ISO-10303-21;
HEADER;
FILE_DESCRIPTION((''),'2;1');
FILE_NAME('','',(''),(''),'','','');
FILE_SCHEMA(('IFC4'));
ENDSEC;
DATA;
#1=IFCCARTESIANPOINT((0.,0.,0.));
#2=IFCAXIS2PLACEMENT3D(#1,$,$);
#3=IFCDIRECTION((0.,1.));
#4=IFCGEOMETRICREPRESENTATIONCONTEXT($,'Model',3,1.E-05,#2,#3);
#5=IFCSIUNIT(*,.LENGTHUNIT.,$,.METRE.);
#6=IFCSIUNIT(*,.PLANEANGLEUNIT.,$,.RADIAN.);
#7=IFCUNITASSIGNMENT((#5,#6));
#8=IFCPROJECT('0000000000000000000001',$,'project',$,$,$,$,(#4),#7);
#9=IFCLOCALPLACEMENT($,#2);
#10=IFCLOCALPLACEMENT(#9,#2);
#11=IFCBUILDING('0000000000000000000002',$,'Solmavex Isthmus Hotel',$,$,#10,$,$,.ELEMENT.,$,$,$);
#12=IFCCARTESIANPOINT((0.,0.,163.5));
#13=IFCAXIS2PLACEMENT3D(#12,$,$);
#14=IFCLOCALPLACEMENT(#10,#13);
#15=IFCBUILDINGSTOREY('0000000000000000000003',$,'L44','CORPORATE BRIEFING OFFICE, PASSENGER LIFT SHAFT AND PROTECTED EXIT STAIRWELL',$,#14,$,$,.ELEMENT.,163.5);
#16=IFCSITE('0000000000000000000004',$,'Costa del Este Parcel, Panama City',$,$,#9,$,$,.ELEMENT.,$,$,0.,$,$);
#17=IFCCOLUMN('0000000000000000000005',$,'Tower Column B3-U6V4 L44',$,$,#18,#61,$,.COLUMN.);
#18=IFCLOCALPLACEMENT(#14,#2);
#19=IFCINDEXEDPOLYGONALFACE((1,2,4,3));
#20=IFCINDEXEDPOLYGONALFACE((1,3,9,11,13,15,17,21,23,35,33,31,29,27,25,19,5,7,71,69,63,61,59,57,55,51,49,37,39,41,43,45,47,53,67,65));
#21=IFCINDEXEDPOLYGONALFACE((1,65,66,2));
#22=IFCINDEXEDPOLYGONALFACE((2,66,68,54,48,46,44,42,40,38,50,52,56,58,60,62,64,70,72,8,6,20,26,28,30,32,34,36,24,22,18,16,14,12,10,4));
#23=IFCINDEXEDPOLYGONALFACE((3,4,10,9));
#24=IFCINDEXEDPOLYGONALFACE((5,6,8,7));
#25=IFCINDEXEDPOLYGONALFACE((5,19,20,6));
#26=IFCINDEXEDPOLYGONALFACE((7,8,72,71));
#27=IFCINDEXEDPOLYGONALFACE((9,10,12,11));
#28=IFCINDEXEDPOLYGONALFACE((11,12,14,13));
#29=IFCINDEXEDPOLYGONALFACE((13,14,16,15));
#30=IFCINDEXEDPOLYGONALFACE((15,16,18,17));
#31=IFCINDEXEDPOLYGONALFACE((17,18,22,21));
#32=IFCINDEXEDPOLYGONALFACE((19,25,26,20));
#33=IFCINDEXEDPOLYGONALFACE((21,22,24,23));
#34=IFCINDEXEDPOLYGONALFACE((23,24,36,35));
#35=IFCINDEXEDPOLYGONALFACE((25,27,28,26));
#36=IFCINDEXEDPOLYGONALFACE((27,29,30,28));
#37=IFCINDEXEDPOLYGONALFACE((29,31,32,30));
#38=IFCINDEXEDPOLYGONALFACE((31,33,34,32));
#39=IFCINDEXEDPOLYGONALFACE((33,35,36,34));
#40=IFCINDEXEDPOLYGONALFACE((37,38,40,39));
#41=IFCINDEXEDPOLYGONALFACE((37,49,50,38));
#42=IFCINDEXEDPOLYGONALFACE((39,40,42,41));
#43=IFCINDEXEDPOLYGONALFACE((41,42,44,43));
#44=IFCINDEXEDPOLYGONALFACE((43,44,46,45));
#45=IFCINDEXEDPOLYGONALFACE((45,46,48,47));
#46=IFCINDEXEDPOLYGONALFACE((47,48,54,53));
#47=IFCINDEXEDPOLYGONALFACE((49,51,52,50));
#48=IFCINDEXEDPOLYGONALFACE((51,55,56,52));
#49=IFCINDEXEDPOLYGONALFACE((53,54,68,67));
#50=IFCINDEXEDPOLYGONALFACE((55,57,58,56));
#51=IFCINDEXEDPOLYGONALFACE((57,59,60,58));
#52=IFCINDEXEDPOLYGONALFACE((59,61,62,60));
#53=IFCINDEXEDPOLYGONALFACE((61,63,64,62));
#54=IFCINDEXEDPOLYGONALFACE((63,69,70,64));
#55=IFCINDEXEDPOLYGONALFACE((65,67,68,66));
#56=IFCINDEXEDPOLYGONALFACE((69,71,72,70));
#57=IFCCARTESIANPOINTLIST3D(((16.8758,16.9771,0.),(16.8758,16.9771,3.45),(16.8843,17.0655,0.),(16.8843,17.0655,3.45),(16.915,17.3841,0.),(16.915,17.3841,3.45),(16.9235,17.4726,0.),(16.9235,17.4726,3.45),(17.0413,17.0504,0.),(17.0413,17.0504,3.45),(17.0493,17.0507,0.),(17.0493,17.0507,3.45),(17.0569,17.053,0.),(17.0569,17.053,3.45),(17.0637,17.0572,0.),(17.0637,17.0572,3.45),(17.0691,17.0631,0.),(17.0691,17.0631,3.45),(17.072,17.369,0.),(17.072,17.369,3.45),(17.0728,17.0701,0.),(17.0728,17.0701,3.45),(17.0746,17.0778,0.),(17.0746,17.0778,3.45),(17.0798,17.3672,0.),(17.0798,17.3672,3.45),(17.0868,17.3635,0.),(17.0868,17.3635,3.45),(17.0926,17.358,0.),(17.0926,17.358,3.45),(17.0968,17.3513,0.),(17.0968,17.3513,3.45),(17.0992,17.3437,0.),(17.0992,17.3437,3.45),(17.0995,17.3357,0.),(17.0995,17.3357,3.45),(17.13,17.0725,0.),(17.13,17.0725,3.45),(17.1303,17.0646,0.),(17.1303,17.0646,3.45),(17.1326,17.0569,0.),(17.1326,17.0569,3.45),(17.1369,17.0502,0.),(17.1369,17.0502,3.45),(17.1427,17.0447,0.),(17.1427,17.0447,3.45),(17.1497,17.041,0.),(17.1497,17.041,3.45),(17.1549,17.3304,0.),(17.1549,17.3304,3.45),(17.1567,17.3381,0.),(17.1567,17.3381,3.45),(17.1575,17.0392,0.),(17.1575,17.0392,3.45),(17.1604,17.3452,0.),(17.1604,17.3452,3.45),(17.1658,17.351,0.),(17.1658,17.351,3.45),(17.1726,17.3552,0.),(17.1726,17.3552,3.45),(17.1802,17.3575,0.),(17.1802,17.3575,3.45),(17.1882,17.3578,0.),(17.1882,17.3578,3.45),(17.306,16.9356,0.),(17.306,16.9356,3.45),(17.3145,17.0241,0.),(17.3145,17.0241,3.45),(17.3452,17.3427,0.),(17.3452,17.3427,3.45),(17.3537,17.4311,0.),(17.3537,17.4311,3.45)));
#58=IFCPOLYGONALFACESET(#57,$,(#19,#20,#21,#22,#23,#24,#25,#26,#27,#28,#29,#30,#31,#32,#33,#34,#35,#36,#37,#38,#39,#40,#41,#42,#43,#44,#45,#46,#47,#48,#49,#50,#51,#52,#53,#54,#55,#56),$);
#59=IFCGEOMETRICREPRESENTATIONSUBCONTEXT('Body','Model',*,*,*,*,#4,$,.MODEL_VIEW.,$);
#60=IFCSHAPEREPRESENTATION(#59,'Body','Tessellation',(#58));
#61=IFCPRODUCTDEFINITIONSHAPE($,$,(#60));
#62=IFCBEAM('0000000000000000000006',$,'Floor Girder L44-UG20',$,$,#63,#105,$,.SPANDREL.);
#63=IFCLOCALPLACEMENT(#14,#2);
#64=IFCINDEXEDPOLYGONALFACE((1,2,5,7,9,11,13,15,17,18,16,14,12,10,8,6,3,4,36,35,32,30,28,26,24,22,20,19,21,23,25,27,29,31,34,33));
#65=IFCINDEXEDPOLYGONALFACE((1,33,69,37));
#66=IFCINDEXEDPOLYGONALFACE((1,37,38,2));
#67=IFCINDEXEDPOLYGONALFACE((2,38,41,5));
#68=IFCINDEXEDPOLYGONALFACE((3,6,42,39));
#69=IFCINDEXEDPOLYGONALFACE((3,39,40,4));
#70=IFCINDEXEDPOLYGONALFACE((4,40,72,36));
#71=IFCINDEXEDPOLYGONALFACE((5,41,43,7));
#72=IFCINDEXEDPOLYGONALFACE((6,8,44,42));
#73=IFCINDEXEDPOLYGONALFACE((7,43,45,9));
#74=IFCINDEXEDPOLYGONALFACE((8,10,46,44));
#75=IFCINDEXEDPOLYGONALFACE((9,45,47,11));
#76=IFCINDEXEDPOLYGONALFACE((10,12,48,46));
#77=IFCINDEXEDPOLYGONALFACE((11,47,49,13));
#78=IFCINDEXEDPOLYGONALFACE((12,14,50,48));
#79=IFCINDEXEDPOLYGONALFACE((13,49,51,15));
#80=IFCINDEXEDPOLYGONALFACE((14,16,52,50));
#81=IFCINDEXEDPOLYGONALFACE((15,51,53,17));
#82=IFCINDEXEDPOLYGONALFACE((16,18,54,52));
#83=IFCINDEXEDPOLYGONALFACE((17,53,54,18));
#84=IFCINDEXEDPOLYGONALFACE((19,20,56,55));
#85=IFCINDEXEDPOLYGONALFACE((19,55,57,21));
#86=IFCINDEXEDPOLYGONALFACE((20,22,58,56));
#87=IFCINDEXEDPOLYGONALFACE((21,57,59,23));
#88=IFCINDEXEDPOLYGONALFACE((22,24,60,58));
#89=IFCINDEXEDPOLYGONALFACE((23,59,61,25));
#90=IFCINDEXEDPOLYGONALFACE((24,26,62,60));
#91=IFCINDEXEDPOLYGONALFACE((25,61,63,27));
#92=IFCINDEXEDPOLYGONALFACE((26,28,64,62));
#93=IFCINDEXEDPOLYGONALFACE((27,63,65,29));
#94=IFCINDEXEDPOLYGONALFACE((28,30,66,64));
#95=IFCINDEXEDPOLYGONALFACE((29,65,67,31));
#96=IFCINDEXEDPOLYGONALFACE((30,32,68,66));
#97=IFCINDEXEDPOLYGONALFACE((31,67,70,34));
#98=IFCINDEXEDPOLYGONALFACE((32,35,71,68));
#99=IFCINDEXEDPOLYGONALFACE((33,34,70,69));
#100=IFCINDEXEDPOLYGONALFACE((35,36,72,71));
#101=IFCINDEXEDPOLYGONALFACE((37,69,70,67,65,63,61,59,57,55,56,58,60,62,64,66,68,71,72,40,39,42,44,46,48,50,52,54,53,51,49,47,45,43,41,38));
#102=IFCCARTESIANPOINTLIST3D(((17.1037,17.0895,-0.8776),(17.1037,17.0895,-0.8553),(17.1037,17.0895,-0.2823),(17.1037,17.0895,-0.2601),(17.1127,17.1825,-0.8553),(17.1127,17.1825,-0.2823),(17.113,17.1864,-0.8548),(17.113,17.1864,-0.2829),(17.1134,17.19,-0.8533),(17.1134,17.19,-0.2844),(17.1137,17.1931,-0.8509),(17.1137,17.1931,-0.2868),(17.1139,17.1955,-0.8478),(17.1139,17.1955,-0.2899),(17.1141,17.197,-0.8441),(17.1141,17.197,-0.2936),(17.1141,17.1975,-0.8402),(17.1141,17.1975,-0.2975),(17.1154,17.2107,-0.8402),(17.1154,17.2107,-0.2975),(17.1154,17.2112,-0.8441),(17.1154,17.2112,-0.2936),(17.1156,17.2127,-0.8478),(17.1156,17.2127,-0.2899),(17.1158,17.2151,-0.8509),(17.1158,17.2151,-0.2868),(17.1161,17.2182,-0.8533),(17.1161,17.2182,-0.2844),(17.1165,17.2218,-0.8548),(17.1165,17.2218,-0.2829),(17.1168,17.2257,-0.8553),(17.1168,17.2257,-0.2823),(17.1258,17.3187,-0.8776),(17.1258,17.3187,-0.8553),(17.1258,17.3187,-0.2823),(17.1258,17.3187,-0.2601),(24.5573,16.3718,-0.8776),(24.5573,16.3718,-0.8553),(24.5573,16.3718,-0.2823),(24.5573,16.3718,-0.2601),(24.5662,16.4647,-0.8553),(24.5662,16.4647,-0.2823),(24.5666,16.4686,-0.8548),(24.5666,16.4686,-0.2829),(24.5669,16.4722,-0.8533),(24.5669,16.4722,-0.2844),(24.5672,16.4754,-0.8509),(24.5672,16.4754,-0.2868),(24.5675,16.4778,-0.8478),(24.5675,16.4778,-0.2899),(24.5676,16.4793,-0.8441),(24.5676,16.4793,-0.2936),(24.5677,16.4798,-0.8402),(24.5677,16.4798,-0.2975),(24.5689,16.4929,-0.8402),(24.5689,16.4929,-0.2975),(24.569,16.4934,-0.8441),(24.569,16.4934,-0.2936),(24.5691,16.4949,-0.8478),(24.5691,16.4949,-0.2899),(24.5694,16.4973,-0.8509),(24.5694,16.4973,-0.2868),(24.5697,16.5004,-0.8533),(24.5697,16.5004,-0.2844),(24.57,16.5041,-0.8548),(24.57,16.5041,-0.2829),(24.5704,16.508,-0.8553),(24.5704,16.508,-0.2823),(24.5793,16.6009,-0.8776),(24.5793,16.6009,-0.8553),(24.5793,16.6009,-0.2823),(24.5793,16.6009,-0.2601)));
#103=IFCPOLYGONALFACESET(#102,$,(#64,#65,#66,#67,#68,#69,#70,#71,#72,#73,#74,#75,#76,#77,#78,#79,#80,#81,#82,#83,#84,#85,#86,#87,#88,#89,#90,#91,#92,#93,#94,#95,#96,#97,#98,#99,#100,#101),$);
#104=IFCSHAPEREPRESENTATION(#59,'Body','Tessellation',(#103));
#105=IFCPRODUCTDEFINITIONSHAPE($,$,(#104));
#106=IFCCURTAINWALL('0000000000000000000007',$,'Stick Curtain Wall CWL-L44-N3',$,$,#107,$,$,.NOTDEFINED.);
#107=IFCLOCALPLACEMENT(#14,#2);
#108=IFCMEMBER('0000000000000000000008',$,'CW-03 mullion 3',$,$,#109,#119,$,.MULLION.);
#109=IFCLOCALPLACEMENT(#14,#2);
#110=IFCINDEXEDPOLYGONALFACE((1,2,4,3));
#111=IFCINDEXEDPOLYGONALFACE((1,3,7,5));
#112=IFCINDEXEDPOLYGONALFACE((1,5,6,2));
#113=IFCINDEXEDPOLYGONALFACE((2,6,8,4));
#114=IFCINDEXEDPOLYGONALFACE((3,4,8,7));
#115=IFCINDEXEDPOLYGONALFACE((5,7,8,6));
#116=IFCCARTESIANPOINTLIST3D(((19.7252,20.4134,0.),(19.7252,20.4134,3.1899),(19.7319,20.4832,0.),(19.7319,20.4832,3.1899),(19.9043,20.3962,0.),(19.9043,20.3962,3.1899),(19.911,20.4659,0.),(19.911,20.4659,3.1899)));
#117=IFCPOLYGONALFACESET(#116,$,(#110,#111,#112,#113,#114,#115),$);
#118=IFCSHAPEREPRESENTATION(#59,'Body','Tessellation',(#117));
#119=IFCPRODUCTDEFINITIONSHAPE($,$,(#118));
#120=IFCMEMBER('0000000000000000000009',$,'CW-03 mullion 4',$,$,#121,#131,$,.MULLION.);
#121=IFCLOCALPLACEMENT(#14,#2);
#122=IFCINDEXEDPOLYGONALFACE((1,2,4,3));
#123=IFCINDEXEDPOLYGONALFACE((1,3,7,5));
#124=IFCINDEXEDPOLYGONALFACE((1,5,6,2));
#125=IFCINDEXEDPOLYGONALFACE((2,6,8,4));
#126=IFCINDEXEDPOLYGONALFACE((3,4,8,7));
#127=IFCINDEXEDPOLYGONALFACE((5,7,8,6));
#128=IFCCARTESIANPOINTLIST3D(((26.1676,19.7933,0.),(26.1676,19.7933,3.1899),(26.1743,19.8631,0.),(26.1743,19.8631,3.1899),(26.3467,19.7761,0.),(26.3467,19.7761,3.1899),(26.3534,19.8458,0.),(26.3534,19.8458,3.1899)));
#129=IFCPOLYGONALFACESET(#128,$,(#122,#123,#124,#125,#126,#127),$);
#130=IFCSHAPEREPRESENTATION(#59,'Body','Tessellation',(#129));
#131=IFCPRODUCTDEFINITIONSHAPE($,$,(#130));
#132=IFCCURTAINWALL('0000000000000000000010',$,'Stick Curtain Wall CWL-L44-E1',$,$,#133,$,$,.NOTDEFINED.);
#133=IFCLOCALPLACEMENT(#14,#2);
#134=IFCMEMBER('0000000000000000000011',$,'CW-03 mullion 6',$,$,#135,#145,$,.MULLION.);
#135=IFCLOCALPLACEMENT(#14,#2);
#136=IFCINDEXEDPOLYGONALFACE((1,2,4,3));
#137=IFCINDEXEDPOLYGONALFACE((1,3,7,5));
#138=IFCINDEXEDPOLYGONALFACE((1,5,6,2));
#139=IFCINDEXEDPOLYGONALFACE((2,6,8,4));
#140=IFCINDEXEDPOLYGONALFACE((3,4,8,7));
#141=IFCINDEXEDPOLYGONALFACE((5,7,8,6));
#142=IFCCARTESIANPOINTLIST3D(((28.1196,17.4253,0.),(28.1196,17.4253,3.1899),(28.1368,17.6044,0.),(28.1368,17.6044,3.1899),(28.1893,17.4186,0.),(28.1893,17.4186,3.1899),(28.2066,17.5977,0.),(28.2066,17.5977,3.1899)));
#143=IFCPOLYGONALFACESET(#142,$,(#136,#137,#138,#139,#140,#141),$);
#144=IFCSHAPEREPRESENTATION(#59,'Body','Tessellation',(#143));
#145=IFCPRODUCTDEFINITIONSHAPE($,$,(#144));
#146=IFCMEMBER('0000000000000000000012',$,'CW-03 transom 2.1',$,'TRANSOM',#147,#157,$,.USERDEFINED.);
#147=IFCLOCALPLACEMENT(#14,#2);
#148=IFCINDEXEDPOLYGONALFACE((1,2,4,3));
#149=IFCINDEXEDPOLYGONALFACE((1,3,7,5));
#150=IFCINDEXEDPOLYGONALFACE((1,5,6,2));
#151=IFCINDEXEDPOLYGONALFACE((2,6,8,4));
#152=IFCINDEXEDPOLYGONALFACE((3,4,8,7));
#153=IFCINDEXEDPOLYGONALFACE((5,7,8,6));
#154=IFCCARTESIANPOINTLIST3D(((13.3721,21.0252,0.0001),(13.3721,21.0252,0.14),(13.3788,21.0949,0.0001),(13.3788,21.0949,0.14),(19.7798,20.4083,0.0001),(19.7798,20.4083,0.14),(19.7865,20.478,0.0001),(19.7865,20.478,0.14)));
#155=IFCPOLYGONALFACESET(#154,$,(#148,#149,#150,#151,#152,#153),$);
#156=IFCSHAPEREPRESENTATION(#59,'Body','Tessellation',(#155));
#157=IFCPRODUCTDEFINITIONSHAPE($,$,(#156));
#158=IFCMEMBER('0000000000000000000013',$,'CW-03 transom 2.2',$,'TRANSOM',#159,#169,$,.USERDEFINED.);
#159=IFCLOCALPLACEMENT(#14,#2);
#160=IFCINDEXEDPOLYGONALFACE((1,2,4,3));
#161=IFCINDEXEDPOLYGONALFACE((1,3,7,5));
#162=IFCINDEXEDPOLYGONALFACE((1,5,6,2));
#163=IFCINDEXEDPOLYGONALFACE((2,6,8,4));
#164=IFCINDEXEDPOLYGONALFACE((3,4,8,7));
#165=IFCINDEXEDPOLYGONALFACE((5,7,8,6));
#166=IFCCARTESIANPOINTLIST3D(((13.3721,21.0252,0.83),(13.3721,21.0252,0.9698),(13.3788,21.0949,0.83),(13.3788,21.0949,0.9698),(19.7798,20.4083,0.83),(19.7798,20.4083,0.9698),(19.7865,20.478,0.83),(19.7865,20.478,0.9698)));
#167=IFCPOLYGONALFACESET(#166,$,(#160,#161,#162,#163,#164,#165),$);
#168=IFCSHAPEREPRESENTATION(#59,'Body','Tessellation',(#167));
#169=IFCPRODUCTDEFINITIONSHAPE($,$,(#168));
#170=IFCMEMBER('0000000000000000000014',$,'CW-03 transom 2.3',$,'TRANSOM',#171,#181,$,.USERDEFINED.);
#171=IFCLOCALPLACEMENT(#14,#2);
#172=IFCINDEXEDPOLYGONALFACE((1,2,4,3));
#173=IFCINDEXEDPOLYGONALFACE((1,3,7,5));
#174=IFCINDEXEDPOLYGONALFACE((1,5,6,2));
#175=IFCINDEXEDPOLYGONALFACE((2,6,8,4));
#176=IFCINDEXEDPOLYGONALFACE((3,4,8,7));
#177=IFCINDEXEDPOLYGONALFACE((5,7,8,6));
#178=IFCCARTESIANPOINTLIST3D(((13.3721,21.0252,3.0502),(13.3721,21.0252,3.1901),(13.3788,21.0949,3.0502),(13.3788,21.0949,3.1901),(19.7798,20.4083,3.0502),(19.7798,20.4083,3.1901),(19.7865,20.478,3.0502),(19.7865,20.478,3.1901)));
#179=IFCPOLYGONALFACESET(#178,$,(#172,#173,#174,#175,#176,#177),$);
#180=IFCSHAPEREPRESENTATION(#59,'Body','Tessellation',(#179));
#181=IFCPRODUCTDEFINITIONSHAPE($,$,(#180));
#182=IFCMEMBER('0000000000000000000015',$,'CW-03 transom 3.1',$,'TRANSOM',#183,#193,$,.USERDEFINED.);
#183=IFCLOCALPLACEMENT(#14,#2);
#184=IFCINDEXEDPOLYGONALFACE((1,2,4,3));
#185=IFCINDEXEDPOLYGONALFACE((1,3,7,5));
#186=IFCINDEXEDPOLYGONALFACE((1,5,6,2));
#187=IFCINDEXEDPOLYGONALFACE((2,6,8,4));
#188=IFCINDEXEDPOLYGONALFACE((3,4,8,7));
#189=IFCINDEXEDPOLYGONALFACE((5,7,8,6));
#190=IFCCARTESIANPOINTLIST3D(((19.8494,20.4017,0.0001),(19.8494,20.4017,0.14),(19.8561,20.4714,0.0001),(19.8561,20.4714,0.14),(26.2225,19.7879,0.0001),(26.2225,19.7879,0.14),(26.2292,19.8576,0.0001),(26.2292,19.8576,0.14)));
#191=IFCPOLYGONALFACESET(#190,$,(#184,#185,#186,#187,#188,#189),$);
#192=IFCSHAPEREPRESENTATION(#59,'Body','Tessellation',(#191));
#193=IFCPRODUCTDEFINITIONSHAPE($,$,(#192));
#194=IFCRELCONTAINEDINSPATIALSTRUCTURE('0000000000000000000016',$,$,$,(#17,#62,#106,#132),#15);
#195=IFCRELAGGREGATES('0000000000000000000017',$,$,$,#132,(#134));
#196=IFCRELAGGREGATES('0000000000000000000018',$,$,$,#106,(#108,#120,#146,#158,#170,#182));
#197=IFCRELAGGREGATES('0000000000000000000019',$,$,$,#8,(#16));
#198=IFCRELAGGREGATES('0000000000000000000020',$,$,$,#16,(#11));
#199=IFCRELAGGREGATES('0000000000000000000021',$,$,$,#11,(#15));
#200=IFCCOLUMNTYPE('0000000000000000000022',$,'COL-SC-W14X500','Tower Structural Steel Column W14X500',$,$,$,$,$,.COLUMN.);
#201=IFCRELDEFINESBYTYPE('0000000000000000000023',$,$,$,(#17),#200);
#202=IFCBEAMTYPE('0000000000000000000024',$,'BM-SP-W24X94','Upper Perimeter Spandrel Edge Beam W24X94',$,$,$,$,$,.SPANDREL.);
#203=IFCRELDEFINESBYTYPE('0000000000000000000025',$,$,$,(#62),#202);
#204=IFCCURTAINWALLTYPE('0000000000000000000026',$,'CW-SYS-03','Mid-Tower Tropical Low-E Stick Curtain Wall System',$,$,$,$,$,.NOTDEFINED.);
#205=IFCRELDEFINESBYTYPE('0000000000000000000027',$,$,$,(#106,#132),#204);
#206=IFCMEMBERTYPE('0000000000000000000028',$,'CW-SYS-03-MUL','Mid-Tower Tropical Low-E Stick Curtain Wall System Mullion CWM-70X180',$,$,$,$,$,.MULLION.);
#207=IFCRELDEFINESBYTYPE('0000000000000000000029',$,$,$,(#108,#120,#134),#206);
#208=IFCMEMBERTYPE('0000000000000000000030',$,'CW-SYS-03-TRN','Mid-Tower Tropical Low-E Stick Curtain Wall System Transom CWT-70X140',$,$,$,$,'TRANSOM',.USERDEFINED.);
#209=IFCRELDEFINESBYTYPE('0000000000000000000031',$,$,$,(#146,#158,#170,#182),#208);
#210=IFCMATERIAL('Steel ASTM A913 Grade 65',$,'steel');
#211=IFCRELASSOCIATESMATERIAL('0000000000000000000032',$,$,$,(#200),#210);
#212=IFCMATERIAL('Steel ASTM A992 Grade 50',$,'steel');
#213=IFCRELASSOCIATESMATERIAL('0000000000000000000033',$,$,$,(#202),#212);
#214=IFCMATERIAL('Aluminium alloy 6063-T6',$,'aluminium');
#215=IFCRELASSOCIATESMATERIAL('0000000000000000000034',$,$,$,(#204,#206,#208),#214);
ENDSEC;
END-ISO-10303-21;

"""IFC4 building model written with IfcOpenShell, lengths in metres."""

from ifc_helpers import new_model, si_unit, direction, frame, origin, origin_2d, place, context, subcontext, project, spatial, rectangle, i_section, extrude, material, material_profile, profile_set, type_object, element, aggregate, save


model = new_model("IFC4")

# Units and contexts
model_context = context("Model", 3, precision=1e-05, world=origin(), true_north=direction((0.0, 1.0)))
body_context = subcontext(model_context, "Body", "Model", "MODEL_VIEW")
ifc_project = project(units=[si_unit("LENGTHUNIT", "METRE"), si_unit("PLANEANGLEUNIT", "RADIAN")], contexts=[model_context])

# Site, building, storey
site_placement = place(None, origin())
site = spatial("IfcSite", under=ifc_project, at=site_placement, Name="Costa del Este Parcel, Panama City", CompositionType="ELEMENT", RefElevation=0.0)
building_placement = place(site_placement, origin())
building = spatial("IfcBuilding", under=site, at=building_placement, Name="Solmavex Isthmus Hotel", CompositionType="ELEMENT")
storey_placement = place(building_placement, frame((0.0, 0.0, 163.5)))
storey = spatial("IfcBuildingStorey", under=building, at=storey_placement, Name="L44", Description="CORPORATE BRIEFING OFFICE, PASSENGER LIFT SHAFT AND PROTECTED EXIT STAIRWELL", CompositionType="ELEMENT", Elevation=163.5)

# Column
ifc_material_1 = material(Name="Steel ASTM A913 Grade 65", Category="steel")
ifc_material_profile_1 = material_profile(ifc_material_1, i_section(OverallWidth=0.4321, OverallDepth=0.4978, WebThickness=0.0557, FlangeThickness=0.0889, FilletRadius=0.0305, at=origin_2d()), Name="W14X500")
ifc_profile_set_1 = profile_set([ifc_material_profile_1], Name="Steel ASTM A913 Grade 65")
column_type = type_object("IfcColumnType", Name="COL-SC-W14X500", Description="Tower Structural Steel Column W14X500", PredefinedType="COLUMN", material=ifc_profile_set_1)
column_placement = place(storey_placement, frame((17.1147, 17.2041, 0.0), z_axis=(0.0, 0.0, 1.0), x_axis=(0.995396, -0.095846, 0.0)))
element("IfcColumn", 1, at=column_placement, inside=storey, type_object=column_type, Name="Tower Column B3-U6V4 L44", PredefinedType="COLUMN", context=body_context, shape_type="SweptSolid", body=[
    extrude(i_section(OverallWidth=0.4321, OverallDepth=0.4978, WebThickness=0.0557, FlangeThickness=0.0889, FilletRadius=0.0305, at=origin_2d()), origin(), (0.0, 0.0, 1.0), 3.45),
])

# Beam
ifc_material_2 = material(Name="Steel ASTM A992 Grade 50", Category="steel")
ifc_material_profile_2 = material_profile(ifc_material_2, i_section(OverallWidth=0.2302, OverallDepth=0.6174, WebThickness=0.0132, FlangeThickness=0.0222, FilletRadius=0.0151, at=origin_2d()), Name="W24X94")
ifc_profile_set_2 = profile_set([ifc_material_profile_2], Name="Steel ASTM A992 Grade 50")
beam_type = type_object("IfcBeamType", Name="BM-SP-W24X94", Description="Upper Perimeter Spandrel Edge Beam W24X94", PredefinedType="SPANDREL", material=ifc_profile_set_2)
beam_placement = place(storey_placement, frame((17.1147, 17.2041, -0.5688), z_axis=(0.995395, -0.095855, 0.0), x_axis=(0.095855, 0.995395, 0.0)))
element("IfcBeam", 2, at=beam_placement, inside=storey, type_object=beam_type, Name="Floor Girder L44-UG20", PredefinedType="SPANDREL", context=body_context, shape_type="SweptSolid", body=[
    extrude(i_section(OverallWidth=0.2302, OverallDepth=0.6174, WebThickness=0.0132, FlangeThickness=0.0222, FilletRadius=0.0151, at=origin_2d()), origin(), (0.0, 0.0, 1.0), 7.488),
])

# Curtain wall, members
ifc_material_3 = material(Name="Aluminium alloy 6063-T6", Category="aluminium")
curtain_wall_type = type_object("IfcCurtainWallType", Name="CW-SYS-03", Description="Mid-Tower Tropical Low-E Stick Curtain Wall System", PredefinedType="NOTDEFINED", material=ifc_material_3)
curtain_wall_1_placement = place(storey_placement, origin())
curtain_wall_1 = element("IfcCurtainWall", 3, at=curtain_wall_1_placement, inside=storey, type_object=curtain_wall_type, Name="Stick Curtain Wall CWL-L44-N3", PredefinedType="NOTDEFINED")
ifc_material_profile_3 = material_profile(ifc_material_3, rectangle(XDim=0.0701, YDim=0.1799, at=origin_2d()), Name="CWM-70X180")
ifc_profile_set_3 = profile_set([ifc_material_profile_3], Name="Aluminium alloy 6063-T6")
member_type_1 = type_object("IfcMemberType", Name="CW-SYS-03-MUL", Description="Mid-Tower Tropical Low-E Stick Curtain Wall System Mullion CWM-70X180", PredefinedType="MULLION", material=ifc_profile_set_3)
member_1_placement = place(storey_placement, frame((19.8181, 20.4397, 0.0), z_axis=(0.0, 0.0, 1.0), x_axis=(0.095846, 0.995396, 0.0)))
member_1 = element("IfcMember", 4, at=member_1_placement, type_object=member_type_1, Name="CW-03 mullion 3", PredefinedType="MULLION", context=body_context, shape_type="SweptSolid", body=[
    extrude(rectangle(XDim=0.0701, YDim=0.1799, at=origin_2d()), origin(), (0.0, 0.0, 1.0), 3.1899),
])
member_2_placement = place(storey_placement, frame((26.2605, 19.8196, 0.0), z_axis=(0.0, 0.0, 1.0), x_axis=(0.095846, 0.995396, 0.0)))
member_2 = element("IfcMember", 5, at=member_2_placement, type_object=member_type_1, Name="CW-03 mullion 4", PredefinedType="MULLION", context=body_context, shape_type="SweptSolid", body=[
    extrude(rectangle(XDim=0.0701, YDim=0.1799, at=origin_2d()), origin(), (0.0, 0.0, 1.0), 3.1899),
])

# Curtain wall, member
curtain_wall_2_placement = place(storey_placement, origin())
curtain_wall_2 = element("IfcCurtainWall", 6, at=curtain_wall_2_placement, inside=storey, type_object=curtain_wall_type, Name="Stick Curtain Wall CWL-L44-E1", PredefinedType="NOTDEFINED")
member_3_placement = place(storey_placement, frame((28.1631, 17.5115, 0.0), z_axis=(0.0, 0.0, 1.0), x_axis=(-0.995396, 0.095846, 0.0)))
member_3 = element("IfcMember", 7, at=member_3_placement, type_object=member_type_1, Name="CW-03 mullion 6", PredefinedType="MULLION", context=body_context, shape_type="SweptSolid", body=[
    extrude(rectangle(XDim=0.0701, YDim=0.1799, at=origin_2d()), origin(), (0.0, 0.0, 1.0), 3.1899),
])
aggregate(curtain_wall_2, [member_3])

# Members
ifc_material_profile_4 = material_profile(ifc_material_3, rectangle(XDim=0.0701, YDim=0.1399, at=origin_2d()), Name="CWT-70X140")
ifc_profile_set_4 = profile_set([ifc_material_profile_4], Name="Aluminium alloy 6063-T6")
member_type_2 = type_object("IfcMemberType", Name="CW-SYS-03-TRN", Description="Mid-Tower Tropical Low-E Stick Curtain Wall System Transom CWT-70X140", ElementType="TRANSOM", PredefinedType="USERDEFINED", material=ifc_profile_set_4)
member_4_placement = place(storey_placement, frame((13.3755, 21.0601, 0.0701), z_axis=(0.995397, -0.095838, 0.0), x_axis=(0.095838, 0.995397, 0.0)))
member_4 = element("IfcMember", 8, at=member_4_placement, type_object=member_type_2, Name="CW-03 transom 2.1", ObjectType="TRANSOM", PredefinedType="USERDEFINED", context=body_context, shape_type="SweptSolid", body=[
    extrude(rectangle(XDim=0.0701, YDim=0.1399, at=origin_2d()), origin(), (0.0, 0.0, 1.0), 6.4373),
])
member_5_placement = place(storey_placement, frame((13.3755, 21.0601, 0.8999), z_axis=(0.995397, -0.095838, 0.0), x_axis=(0.095838, 0.995397, 0.0)))
member_5 = element("IfcMember", 9, at=member_5_placement, type_object=member_type_2, Name="CW-03 transom 2.2", ObjectType="TRANSOM", PredefinedType="USERDEFINED", context=body_context, shape_type="SweptSolid", body=[
    extrude(rectangle(XDim=0.0701, YDim=0.1399, at=origin_2d()), origin(), (0.0, 0.0, 1.0), 6.4373),
])
member_6_placement = place(storey_placement, frame((13.3755, 21.0601, 3.1201), z_axis=(0.995397, -0.095838, 0.0), x_axis=(0.095838, 0.995397, 0.0)))
member_6 = element("IfcMember", 10, at=member_6_placement, type_object=member_type_2, Name="CW-03 transom 2.3", ObjectType="TRANSOM", PredefinedType="USERDEFINED", context=body_context, shape_type="SweptSolid", body=[
    extrude(rectangle(XDim=0.0701, YDim=0.1399, at=origin_2d()), origin(), (0.0, 0.0, 1.0), 6.4373),
])
member_7_placement = place(storey_placement, frame((19.8528, 20.4365, 0.0701), z_axis=(0.995394, -0.095864, 0.0), x_axis=(0.095864, 0.995394, 0.0)))
member_7 = element("IfcMember", 11, at=member_7_placement, type_object=member_type_2, Name="CW-03 transom 3.1", ObjectType="TRANSOM", PredefinedType="USERDEFINED", context=body_context, shape_type="SweptSolid", body=[
    extrude(rectangle(XDim=0.0701, YDim=0.1399, at=origin_2d()), origin(), (0.0, 0.0, 1.0), 6.4026),
])

aggregate(curtain_wall_1, [member_1, member_2, member_4, member_5, member_6, member_7])

save(model, "model.ifc")
